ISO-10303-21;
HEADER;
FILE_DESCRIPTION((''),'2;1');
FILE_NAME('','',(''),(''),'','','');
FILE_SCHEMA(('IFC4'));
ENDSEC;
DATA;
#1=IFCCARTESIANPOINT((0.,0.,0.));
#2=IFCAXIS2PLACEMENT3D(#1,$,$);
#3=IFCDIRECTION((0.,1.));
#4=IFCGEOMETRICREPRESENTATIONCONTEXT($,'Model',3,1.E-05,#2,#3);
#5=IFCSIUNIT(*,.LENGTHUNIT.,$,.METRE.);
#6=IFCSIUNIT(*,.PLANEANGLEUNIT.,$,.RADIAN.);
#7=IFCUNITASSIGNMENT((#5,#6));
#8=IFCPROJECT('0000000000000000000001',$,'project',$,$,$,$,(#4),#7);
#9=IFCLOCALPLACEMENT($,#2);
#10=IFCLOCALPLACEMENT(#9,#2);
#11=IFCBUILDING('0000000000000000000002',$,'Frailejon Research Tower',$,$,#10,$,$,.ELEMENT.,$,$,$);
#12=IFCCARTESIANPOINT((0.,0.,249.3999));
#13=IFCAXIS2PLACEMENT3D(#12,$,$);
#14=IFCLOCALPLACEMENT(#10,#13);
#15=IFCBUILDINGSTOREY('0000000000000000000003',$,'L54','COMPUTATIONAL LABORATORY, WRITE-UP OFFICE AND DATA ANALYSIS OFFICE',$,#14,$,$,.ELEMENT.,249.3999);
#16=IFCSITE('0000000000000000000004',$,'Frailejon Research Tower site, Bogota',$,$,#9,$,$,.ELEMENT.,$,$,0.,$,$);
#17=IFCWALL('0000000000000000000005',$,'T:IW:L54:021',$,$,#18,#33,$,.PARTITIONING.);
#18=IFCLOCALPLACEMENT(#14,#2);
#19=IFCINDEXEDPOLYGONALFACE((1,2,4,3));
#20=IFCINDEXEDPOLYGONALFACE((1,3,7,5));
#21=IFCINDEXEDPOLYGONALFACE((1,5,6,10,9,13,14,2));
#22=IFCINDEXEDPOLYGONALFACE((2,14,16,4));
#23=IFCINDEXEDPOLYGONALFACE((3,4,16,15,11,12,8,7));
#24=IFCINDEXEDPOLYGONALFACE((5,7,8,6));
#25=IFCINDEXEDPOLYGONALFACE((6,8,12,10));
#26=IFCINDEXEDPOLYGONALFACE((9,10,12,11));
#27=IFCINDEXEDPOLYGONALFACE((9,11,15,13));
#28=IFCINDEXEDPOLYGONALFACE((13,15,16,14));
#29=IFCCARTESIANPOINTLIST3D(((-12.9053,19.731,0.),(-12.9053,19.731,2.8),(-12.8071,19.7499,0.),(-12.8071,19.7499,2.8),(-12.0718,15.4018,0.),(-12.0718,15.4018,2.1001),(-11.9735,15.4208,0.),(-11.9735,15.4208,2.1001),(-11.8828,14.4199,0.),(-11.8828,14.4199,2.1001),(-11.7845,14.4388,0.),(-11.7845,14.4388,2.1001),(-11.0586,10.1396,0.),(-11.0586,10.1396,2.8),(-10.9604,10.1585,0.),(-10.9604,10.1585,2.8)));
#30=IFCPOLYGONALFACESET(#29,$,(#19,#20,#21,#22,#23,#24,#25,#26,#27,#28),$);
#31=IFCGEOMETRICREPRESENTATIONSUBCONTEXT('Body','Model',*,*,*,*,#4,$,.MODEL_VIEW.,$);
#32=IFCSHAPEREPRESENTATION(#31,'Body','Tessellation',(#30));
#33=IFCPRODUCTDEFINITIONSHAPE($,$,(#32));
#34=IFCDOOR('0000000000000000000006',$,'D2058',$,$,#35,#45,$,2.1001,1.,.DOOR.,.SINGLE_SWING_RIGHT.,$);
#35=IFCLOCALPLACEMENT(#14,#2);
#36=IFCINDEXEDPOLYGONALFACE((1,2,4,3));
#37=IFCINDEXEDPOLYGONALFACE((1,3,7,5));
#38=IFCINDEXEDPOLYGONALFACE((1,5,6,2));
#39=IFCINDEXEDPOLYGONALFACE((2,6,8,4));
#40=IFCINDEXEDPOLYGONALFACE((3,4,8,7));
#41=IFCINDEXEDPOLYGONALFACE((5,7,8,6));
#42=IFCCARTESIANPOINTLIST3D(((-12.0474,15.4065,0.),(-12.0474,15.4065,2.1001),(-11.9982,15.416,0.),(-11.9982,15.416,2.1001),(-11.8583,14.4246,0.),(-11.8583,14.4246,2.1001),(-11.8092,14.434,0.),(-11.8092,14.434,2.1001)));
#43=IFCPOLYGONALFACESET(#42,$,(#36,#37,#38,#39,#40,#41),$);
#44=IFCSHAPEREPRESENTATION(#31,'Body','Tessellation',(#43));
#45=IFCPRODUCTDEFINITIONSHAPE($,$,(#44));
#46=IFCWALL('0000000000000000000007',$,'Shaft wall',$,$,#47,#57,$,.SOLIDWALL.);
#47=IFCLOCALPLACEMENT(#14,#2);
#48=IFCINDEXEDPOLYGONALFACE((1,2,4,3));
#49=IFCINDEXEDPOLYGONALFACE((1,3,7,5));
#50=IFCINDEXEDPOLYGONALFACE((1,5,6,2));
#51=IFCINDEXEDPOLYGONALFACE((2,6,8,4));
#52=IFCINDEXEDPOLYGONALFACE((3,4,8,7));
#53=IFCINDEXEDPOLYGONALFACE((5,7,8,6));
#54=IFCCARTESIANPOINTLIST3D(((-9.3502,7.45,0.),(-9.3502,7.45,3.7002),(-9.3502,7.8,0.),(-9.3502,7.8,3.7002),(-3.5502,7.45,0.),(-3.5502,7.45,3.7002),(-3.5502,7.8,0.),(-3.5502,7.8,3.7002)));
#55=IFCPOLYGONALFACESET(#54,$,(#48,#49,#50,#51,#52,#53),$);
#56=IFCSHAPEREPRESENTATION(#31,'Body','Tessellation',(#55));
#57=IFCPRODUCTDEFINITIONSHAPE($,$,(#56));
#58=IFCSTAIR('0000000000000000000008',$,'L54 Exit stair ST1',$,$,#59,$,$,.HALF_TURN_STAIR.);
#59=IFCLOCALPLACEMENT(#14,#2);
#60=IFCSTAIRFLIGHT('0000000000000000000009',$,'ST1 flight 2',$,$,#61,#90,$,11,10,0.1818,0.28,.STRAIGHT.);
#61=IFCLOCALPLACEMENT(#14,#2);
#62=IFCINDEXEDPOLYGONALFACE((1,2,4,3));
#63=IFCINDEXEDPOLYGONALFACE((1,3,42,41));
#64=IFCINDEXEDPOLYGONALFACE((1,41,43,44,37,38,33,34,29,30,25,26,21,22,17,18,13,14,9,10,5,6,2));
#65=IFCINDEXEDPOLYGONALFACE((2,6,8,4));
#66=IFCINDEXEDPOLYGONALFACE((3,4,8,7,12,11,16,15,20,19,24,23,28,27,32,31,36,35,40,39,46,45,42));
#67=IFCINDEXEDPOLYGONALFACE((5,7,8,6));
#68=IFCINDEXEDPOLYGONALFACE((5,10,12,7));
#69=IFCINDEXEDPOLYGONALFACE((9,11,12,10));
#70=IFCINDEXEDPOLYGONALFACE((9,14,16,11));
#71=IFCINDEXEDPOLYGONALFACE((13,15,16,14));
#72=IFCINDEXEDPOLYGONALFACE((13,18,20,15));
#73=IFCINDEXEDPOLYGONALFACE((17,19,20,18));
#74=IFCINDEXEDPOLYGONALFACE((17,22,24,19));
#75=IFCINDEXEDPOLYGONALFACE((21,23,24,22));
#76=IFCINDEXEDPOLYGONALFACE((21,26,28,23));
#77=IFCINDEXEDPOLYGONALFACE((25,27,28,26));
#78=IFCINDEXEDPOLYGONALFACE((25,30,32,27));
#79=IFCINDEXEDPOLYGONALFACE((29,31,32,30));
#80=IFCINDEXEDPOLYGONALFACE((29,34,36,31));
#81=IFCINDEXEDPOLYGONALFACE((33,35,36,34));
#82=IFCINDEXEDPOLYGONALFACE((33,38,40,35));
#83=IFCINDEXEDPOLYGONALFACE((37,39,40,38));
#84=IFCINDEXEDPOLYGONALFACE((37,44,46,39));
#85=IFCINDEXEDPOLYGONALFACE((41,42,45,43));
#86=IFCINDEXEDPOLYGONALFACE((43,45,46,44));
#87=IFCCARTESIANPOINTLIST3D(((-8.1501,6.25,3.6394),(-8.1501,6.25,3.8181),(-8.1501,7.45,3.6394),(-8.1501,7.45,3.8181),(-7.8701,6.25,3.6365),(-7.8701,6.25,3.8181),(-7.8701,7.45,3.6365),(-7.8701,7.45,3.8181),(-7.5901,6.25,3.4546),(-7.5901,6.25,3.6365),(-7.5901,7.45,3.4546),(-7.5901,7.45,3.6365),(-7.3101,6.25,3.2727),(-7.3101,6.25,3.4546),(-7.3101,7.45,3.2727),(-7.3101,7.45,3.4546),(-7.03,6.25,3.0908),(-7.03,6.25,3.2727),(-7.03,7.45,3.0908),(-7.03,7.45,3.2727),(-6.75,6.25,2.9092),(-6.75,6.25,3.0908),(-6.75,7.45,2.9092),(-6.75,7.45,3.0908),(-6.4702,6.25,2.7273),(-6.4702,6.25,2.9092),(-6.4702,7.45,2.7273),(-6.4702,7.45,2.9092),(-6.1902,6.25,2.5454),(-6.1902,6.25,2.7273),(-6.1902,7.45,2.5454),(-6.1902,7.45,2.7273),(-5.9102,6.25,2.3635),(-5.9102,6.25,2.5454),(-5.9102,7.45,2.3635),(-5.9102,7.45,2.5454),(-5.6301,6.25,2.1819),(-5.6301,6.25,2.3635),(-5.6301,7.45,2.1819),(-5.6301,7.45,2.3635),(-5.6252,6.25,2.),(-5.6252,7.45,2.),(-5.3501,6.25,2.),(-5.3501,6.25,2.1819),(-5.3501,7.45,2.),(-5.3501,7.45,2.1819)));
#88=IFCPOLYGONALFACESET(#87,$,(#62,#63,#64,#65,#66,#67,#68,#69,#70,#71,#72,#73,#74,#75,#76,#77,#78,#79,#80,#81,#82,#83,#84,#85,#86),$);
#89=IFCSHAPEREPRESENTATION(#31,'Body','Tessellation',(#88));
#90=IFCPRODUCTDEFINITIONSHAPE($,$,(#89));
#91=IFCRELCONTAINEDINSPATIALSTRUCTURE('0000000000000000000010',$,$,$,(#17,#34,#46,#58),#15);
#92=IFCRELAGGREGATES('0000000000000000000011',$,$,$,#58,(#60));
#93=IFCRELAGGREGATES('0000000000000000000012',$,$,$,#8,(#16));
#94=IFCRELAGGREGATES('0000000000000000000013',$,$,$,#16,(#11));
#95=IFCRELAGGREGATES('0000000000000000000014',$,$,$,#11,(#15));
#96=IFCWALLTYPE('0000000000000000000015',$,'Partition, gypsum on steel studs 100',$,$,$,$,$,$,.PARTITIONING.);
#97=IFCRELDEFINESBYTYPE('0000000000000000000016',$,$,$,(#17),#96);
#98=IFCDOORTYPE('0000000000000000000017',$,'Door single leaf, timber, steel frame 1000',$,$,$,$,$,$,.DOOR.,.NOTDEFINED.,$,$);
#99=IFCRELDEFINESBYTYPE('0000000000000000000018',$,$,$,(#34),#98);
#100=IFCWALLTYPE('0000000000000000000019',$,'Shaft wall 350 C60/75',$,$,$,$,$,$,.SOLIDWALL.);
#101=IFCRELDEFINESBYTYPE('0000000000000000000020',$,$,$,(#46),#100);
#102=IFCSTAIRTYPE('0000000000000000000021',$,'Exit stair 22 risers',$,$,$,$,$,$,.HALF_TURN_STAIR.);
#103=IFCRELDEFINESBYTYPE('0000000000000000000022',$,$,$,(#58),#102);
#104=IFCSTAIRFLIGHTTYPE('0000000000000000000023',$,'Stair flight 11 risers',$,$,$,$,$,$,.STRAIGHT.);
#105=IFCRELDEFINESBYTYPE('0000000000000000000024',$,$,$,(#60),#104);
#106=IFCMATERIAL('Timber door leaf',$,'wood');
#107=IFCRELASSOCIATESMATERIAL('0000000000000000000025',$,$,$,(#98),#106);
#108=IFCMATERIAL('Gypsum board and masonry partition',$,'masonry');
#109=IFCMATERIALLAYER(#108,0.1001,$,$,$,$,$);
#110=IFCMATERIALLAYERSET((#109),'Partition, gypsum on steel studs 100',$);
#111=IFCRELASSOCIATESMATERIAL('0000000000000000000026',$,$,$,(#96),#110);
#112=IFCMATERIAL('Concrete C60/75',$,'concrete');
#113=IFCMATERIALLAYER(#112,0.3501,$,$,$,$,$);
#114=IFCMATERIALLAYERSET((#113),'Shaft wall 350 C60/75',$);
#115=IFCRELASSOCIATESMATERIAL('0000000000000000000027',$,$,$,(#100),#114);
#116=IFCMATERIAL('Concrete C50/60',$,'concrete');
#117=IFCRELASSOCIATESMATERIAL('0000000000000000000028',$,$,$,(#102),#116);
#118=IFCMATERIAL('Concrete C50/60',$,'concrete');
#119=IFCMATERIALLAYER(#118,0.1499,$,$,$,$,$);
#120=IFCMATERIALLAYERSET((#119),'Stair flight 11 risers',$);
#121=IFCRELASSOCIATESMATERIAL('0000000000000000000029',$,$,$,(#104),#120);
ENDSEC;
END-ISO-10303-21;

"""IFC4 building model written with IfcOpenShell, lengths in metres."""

from ifc_helpers import new_model, si_unit, direction, frame, frame_2d, origin, place, context, subcontext, project, spatial, polyline, rectangle, outline, extrude, material, layer, layer_set, type_object, element, fill, aggregate, save


model = new_model("IFC4")

# Units and contexts
model_context = context("Model", 3, precision=1e-05, world=origin(), true_north=direction((0.0, 1.0)))
body_context = subcontext(model_context, "Body", "Model", "MODEL_VIEW")
ifc_project = project(units=[si_unit("LENGTHUNIT", "METRE"), si_unit("PLANEANGLEUNIT", "RADIAN")], contexts=[model_context])

# Site, building, storey
site_placement = place(None, origin())
site = spatial("IfcSite", under=ifc_project, at=site_placement, Name="Frailejon Research Tower site, Bogota", CompositionType="ELEMENT", RefElevation=0.0)
building_placement = place(site_placement, origin())
building = spatial("IfcBuilding", under=site, at=building_placement, Name="Frailejon Research Tower", CompositionType="ELEMENT")
storey_placement = place(building_placement, frame((0.0, 0.0, 249.3999)))
storey = spatial("IfcBuildingStorey", under=building, at=storey_placement, Name="L54", Description="COMPUTATIONAL LABORATORY, WRITE-UP OFFICE AND DATA ANALYSIS OFFICE", CompositionType="ELEMENT", Elevation=249.3999)

# Shared definitions
ifc_material_1 = material(Name="Timber door leaf", Category="wood")
door_type_1 = type_object("IfcDoorType", Name="Door single leaf, timber, steel frame 1000", OperationType="NOTDEFINED", PredefinedType="DOOR", material=ifc_material_1)

# Wall, opening, door
ifc_material_2 = material(Name="Gypsum board and masonry partition", Category="masonry")
ifc_layer_1 = layer(ifc_material_2, 0.1001)
ifc_layer_set_1 = layer_set([ifc_layer_1], Name="Partition, gypsum on steel studs 100")
wall_type_1 = type_object("IfcWallType", Name="Partition, gypsum on steel studs 100", PredefinedType="PARTITIONING", material=ifc_layer_set_1)
wall_1_placement = place(storey_placement, frame((-12.8562, 19.7405, 0.0), z_axis=(0.0, 0.0, 1.0), x_axis=(0.189064, -0.981965, 0.0)))
wall_1 = element("IfcWall", 1, at=wall_1_placement, inside=storey, type_object=wall_type_1, Name="T:IW:L54:021", PredefinedType="PARTITIONING", context=body_context, shape_type="SweptSolid", body=[
    extrude(rectangle(XDim=9.7676, YDim=0.1001, at=frame_2d((4.8838, 0.0))), origin(), (0.0, 0.0, 1.0), 2.8),
])
opening_1_placement = place(wall_1_placement, frame((4.4087, 0.0, 0.0)))
opening_1 = element("IfcOpeningElement", 2, at=opening_1_placement, cuts=wall_1, PredefinedType="OPENING", context=body_context, shape_type="SweptSolid", body=[
    extrude(rectangle(XDim=1.0, YDim=2.1001, at=frame_2d((0.5, 1.05))), frame((0.0, 0.0601, 0.0), z_axis=(0.0, -1.0, 0.0), x_axis=(1.0, 0.0, 0.0)), (0.0, 0.0, 1.0), 0.1201),
])
door_1_placement = place(opening_1_placement, origin())
door_1 = element("IfcDoor", 3, at=door_1_placement, inside=storey, type_object=door_type_1, Name="D2058", OperationType="SINGLE_SWING_RIGHT", OverallHeight=2.1001, OverallWidth=1.0, PredefinedType="DOOR", context=body_context, shape_type="SweptSolid", body=[
    extrude(rectangle(XDim=1.0, YDim=2.1001, at=frame_2d((0.5, 1.05))), frame((0.0, 0.0249, 0.0), z_axis=(0.0, -1.0, 0.0), x_axis=(1.0, 0.0, 0.0)), (0.0, 0.0, 1.0), 0.05),
])
fill(opening_1, door_1)

# Wall
ifc_material_3 = material(Name="Concrete C60/75", Category="concrete")
ifc_layer_2 = layer(ifc_material_3, 0.3501)
ifc_layer_set_2 = layer_set([ifc_layer_2], Name="Shaft wall 350 C60/75")
wall_type_2 = type_object("IfcWallType", Name="Shaft wall 350 C60/75", PredefinedType="SOLIDWALL", material=ifc_layer_set_2)
wall_2_placement = place(storey_placement, frame((-9.3501, 7.625, 0.0), z_axis=(0.0, 0.0, 1.0), x_axis=(1.0, 0.0, 0.0)))
element("IfcWall", 4, at=wall_2_placement, inside=storey, type_object=wall_type_2, Name="Shaft wall", PredefinedType="SOLIDWALL", context=body_context, shape_type="SweptSolid", body=[
    extrude(rectangle(XDim=5.8, YDim=0.3501, at=frame_2d((2.8999, 0.0))), origin(), (0.0, 0.0, 1.0), 3.7002),
])

# Stair, stair flight
ifc_material_4 = material(Name="Concrete C50/60", Category="concrete")
stair_type = type_object("IfcStairType", Name="Exit stair 22 risers", PredefinedType="HALF_TURN_STAIR", material=ifc_material_4)
stair_placement = place(storey_placement, origin())
stair = element("IfcStair", 5, at=stair_placement, inside=storey, type_object=stair_type, Name="L54 Exit stair ST1", PredefinedType="HALF_TURN_STAIR")
ifc_material_5 = material(Name="Concrete C50/60", Category="concrete")
ifc_layer_3 = layer(ifc_material_5, 0.1499)
ifc_layer_set_3 = layer_set([ifc_layer_3], Name="Stair flight 11 risers")
stair_flight_type = type_object("IfcStairFlightType", Name="Stair flight 11 risers", PredefinedType="STRAIGHT", material=ifc_layer_set_3)
stair_flight_placement = place(storey_placement, frame((-5.3501, 6.8501, 2.0), z_axis=(0.0, 0.0, 1.0), x_axis=(-1.0, 0.0, 0.0)))
stair_flight = element("IfcStairFlight", 6, at=stair_flight_placement, type_object=stair_flight_type, Name="ST1 flight 2", NumberOfRisers=11, NumberOfTreads=10, PredefinedType="STRAIGHT", RiserHeight=0.1818, TreadLength=0.28, context=body_context, shape_type="SweptSolid", body=[
    extrude(outline(polyline([(0.0, 0.0), (0.0, 0.1819), (0.28, 0.1819), (0.28, 0.3635), (0.5601, 0.3635), (0.5601, 0.5454), (0.8401, 0.5454), (0.8401, 0.7273), (1.1201, 0.7273), (1.1201, 0.9092), (1.3999, 0.9092), (1.3999, 1.0908), (1.6799, 1.0908), (1.6799, 1.2727), (1.96, 1.2727), (1.96, 1.4546), (2.24, 1.4546), (2.24, 1.6365), (2.52, 1.6365), (2.52, 1.8181), (2.8, 1.8181), (2.8, 2.0), (2.8, 1.6394), (0.2751, 0.0), (0.0, 0.0)])), frame((0.0, 0.6001, 0.0), z_axis=(0.0, -1.0, 0.0), x_axis=(1.0, 0.0, 0.0)), (0.0, 0.0, 1.0), 1.2),
])
aggregate(stair, [stair_flight])

save(model, "model.ifc")
